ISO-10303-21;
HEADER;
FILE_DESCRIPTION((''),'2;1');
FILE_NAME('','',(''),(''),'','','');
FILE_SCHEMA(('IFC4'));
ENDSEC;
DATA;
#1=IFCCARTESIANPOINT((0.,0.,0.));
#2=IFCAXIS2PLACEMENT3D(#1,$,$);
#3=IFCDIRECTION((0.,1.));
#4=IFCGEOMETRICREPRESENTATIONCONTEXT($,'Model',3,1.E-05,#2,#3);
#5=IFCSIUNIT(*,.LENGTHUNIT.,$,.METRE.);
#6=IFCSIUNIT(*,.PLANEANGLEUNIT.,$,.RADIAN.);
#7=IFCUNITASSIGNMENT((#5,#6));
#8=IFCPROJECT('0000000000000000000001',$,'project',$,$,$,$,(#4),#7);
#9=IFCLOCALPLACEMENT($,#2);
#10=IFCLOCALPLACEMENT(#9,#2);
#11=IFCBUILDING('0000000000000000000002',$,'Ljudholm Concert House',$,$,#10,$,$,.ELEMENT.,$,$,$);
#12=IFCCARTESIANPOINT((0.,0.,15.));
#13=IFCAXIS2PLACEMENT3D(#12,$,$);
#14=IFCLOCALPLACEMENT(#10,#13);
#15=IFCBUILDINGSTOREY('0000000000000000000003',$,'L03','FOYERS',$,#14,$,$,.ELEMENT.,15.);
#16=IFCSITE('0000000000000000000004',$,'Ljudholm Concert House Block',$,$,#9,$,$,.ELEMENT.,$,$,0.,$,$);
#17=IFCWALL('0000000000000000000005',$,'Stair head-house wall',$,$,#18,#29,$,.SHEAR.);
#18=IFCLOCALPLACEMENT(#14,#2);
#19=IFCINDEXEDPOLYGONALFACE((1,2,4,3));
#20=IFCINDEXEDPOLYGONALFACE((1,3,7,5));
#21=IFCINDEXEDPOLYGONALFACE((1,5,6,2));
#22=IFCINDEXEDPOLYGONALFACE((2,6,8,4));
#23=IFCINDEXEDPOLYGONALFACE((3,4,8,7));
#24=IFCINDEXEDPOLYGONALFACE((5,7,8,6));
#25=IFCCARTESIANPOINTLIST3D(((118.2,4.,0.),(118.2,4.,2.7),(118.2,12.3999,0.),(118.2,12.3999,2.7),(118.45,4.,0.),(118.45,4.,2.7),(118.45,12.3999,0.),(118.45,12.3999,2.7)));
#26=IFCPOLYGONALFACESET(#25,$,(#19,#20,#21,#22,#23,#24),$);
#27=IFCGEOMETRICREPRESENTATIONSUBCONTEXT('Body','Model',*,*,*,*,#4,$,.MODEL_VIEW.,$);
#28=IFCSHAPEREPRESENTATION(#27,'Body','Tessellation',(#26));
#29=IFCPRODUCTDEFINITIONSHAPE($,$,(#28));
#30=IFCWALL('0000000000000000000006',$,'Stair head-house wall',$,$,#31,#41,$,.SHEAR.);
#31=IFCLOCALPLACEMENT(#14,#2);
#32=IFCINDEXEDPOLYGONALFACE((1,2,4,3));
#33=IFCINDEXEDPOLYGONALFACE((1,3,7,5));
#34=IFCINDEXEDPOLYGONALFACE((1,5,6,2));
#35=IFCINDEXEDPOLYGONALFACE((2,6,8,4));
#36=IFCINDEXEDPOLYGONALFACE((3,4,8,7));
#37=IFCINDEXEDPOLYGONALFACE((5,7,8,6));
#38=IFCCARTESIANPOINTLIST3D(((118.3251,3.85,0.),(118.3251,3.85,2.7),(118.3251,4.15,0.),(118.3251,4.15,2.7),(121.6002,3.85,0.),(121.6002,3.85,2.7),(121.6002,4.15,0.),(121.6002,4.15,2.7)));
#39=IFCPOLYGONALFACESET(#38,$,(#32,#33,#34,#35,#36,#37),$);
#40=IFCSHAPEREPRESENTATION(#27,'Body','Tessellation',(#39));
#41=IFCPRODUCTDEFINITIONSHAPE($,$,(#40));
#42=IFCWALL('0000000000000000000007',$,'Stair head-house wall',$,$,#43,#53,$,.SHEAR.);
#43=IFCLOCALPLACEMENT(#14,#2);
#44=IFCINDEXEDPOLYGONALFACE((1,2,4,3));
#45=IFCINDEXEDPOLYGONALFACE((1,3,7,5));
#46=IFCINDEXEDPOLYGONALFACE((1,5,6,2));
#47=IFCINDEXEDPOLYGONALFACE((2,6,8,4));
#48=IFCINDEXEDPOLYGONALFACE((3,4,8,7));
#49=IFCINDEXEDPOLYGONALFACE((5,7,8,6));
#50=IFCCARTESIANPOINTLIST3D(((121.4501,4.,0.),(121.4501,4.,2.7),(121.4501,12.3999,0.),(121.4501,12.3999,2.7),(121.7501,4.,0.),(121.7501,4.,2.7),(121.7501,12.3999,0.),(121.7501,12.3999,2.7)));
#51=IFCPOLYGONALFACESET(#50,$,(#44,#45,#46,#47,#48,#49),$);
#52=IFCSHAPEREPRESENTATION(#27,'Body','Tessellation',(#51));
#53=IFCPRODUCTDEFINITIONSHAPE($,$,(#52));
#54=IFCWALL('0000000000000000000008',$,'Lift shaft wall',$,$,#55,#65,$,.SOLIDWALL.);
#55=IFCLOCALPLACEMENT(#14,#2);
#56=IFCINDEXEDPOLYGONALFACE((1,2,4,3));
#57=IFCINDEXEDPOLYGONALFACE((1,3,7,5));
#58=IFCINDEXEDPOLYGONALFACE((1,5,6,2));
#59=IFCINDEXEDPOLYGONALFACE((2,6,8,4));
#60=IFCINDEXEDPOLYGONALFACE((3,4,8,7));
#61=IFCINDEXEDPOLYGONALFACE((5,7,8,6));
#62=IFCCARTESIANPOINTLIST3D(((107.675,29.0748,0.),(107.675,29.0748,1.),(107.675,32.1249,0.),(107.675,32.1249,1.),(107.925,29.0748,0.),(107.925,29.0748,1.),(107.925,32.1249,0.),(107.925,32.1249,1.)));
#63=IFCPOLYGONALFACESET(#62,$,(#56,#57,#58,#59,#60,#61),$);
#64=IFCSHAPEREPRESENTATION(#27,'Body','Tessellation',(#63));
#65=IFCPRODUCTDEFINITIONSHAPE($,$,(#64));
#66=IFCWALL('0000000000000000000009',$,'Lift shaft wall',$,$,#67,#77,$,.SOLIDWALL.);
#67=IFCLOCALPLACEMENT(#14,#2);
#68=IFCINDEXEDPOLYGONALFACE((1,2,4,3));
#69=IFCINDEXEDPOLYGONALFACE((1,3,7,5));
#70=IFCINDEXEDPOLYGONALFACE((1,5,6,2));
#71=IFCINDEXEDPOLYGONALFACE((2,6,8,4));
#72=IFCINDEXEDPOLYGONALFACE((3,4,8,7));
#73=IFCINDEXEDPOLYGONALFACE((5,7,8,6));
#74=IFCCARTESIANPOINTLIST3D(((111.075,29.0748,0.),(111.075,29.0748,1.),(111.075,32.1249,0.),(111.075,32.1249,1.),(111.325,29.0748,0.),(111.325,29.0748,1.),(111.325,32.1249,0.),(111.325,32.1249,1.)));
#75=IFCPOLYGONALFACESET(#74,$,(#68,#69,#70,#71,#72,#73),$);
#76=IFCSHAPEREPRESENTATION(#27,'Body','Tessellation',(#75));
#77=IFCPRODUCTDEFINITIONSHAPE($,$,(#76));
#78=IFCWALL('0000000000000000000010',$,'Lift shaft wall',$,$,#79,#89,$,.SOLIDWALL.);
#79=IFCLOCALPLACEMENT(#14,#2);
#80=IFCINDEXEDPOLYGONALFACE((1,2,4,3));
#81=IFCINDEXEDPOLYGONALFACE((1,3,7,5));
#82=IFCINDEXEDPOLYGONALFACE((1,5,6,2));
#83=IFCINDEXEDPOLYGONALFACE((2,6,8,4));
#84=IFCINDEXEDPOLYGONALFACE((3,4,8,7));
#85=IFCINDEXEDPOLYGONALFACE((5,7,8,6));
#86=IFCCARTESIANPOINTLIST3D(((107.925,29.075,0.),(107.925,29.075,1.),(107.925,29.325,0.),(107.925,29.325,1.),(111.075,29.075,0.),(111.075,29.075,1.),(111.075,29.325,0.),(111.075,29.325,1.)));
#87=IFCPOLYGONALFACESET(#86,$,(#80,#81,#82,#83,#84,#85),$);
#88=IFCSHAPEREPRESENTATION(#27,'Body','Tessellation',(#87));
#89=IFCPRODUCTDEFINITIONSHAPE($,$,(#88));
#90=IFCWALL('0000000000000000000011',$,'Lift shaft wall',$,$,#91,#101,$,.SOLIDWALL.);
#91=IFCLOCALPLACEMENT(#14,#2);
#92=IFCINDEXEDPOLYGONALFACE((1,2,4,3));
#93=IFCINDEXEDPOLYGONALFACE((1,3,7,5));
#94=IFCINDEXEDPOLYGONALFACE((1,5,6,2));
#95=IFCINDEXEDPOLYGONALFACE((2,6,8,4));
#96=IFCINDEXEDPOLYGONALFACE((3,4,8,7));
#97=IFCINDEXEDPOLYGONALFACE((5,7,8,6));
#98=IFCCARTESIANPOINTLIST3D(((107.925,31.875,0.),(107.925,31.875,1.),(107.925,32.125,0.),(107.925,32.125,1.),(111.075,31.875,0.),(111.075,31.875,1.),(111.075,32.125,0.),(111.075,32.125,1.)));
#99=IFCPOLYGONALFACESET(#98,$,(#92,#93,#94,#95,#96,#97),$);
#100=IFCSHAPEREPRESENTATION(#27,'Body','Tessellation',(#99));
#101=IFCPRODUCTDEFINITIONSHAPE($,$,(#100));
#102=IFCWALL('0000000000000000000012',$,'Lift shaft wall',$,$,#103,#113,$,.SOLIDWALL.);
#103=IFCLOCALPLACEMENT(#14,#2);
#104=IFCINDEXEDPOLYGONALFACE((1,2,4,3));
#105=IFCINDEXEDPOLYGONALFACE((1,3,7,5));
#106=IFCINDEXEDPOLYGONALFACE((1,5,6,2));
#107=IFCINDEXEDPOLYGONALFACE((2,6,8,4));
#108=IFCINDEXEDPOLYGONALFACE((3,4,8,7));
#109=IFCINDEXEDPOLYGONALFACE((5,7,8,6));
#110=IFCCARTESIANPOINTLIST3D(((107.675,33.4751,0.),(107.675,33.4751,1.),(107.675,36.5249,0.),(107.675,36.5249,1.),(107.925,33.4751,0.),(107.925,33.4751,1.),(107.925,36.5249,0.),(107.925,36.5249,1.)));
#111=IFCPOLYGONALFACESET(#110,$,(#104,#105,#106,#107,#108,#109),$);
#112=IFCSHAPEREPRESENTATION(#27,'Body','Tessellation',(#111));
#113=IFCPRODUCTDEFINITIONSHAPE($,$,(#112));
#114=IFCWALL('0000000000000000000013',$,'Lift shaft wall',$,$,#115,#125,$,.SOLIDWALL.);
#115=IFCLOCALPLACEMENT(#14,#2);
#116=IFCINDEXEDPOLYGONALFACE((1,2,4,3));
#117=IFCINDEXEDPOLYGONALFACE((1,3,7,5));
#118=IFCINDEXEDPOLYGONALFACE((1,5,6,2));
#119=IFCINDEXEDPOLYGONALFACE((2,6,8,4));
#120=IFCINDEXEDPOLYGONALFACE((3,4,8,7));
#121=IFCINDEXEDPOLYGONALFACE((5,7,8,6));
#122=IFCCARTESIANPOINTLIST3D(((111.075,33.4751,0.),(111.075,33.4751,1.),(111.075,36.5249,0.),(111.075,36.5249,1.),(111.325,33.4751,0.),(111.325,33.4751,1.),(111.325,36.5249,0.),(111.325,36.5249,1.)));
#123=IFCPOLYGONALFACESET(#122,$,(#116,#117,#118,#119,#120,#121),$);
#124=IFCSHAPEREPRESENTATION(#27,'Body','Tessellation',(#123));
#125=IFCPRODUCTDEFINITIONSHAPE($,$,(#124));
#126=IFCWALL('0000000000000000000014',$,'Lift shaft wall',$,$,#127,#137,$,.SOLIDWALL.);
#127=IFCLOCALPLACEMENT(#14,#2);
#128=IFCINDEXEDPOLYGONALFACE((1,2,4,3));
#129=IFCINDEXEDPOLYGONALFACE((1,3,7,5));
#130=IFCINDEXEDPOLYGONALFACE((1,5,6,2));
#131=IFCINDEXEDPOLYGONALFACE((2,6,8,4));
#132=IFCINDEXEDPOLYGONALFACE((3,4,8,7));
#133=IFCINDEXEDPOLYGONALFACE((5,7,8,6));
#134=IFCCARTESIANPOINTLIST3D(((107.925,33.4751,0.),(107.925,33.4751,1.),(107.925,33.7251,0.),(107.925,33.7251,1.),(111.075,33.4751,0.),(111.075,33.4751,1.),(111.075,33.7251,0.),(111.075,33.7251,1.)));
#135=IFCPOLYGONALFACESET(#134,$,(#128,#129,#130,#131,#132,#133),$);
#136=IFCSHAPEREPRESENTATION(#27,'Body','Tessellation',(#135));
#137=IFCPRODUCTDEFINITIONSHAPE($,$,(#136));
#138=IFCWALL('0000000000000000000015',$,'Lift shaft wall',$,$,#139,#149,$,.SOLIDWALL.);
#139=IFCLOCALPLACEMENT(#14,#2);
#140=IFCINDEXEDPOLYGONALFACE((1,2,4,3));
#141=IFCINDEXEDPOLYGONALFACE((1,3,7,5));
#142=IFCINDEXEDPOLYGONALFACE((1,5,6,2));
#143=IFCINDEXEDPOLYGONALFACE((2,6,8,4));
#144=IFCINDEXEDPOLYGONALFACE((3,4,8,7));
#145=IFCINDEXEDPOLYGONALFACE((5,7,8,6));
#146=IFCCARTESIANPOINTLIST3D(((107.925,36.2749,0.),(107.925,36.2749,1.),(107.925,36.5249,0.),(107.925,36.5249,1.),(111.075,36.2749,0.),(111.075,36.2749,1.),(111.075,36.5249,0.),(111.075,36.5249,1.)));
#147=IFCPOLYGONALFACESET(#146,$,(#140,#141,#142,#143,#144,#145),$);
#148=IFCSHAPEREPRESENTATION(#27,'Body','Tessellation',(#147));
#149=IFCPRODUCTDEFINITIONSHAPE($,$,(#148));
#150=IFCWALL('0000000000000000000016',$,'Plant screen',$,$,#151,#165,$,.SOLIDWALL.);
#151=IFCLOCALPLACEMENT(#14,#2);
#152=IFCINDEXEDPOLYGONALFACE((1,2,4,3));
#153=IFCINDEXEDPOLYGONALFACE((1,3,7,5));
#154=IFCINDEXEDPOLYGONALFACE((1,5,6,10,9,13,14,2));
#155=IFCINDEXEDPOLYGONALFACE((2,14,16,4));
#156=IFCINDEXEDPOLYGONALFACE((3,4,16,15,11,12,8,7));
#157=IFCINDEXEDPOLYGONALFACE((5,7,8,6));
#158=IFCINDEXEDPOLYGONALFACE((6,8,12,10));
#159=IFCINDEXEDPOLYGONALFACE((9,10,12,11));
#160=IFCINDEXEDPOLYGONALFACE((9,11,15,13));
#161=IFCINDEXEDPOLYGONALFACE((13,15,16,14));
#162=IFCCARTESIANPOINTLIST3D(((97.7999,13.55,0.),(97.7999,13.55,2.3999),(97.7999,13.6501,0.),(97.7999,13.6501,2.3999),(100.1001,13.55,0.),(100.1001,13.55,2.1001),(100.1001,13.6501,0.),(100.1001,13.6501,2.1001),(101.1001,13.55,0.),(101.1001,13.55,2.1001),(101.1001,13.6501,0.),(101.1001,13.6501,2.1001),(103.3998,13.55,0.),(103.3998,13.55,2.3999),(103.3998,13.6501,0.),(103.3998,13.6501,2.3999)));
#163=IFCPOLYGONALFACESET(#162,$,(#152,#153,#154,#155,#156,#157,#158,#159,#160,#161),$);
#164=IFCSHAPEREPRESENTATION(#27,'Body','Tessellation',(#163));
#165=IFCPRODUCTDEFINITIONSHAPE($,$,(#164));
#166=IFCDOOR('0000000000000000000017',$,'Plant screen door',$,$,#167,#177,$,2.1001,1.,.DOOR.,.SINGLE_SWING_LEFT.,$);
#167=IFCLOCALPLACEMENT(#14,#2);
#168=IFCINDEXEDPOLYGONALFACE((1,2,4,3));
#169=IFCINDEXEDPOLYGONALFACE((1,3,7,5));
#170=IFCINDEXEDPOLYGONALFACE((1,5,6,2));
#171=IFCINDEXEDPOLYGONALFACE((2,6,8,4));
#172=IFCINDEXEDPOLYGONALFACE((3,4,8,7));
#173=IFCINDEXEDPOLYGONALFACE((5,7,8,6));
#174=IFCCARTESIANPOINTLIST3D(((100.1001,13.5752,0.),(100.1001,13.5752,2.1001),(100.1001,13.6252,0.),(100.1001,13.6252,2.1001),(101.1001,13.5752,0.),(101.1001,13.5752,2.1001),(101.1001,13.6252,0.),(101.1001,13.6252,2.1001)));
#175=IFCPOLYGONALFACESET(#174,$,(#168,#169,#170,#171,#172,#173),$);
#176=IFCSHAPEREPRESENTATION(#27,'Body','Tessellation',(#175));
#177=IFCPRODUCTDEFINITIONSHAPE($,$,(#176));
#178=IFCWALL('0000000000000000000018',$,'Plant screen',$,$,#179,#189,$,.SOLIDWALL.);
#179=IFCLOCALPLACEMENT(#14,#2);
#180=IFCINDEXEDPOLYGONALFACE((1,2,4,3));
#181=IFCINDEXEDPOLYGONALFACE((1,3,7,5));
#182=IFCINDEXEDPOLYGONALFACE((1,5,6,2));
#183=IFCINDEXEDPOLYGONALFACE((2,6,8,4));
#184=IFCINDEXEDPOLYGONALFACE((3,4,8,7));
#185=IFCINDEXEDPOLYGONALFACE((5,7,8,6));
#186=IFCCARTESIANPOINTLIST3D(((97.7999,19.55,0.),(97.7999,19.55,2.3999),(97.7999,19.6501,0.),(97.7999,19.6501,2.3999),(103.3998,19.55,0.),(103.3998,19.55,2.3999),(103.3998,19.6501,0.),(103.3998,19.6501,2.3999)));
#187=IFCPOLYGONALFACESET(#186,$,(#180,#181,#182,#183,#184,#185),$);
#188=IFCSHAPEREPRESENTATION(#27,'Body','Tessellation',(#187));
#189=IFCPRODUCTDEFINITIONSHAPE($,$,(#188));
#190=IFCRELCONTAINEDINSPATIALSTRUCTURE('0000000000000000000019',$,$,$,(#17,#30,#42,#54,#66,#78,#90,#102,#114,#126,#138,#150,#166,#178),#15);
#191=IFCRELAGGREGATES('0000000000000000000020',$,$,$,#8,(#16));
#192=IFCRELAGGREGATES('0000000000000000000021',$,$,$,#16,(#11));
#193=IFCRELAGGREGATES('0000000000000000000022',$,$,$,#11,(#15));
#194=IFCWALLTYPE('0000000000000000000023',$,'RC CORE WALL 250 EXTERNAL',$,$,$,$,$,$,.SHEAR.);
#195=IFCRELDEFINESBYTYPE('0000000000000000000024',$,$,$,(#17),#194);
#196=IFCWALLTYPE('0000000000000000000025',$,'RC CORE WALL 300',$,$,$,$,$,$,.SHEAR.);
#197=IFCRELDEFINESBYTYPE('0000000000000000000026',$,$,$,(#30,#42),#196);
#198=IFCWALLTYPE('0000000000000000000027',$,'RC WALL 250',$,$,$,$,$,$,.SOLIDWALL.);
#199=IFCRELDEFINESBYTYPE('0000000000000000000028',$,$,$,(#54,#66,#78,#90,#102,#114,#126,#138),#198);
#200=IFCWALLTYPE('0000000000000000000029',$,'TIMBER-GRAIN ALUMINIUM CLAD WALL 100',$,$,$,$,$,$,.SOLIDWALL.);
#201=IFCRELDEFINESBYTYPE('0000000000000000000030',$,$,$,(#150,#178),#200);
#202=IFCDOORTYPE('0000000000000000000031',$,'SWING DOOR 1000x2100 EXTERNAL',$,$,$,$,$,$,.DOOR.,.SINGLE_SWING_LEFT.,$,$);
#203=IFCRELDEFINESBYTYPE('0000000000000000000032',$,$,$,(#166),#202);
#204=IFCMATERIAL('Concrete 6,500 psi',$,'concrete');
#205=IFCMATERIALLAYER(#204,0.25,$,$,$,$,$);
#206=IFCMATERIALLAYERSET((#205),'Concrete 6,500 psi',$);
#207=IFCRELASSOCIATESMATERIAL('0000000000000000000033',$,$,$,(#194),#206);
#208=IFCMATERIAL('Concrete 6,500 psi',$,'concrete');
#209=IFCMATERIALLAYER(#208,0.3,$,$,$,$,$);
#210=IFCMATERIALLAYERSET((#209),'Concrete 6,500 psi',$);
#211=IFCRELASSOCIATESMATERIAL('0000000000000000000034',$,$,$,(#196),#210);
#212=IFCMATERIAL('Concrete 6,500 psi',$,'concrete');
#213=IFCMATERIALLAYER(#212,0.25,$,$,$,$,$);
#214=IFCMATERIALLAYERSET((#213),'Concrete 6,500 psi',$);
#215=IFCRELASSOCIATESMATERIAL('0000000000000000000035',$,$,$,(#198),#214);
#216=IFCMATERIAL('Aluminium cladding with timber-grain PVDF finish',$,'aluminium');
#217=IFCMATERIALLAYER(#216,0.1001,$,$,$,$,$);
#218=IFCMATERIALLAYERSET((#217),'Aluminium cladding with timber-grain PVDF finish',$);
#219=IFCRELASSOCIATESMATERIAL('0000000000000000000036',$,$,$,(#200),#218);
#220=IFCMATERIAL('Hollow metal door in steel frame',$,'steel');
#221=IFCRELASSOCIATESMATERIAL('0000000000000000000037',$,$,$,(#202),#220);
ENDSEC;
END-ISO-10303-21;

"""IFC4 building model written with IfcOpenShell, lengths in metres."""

from ifc_helpers import new_model, si_unit, direction, frame, frame_2d, origin, place, context, subcontext, project, spatial, rectangle, extrude, material, layer, layer_set, type_object, element, fill, save


model = new_model("IFC4")

# Units and contexts
model_context = context("Model", 3, precision=1e-05, world=origin(), true_north=direction((0.0, 1.0)))
body_context = subcontext(model_context, "Body", "Model", "MODEL_VIEW")
ifc_project = project(units=[si_unit("LENGTHUNIT", "METRE"), si_unit("PLANEANGLEUNIT", "RADIAN")], contexts=[model_context])

# Site, building, storey
site_placement = place(None, origin())
site = spatial("IfcSite", under=ifc_project, at=site_placement, Name="Ljudholm Concert House Block", CompositionType="ELEMENT", RefElevation=0.0)
building_placement = place(site_placement, origin())
building = spatial("IfcBuilding", under=site, at=building_placement, Name="Ljudholm Concert House", CompositionType="ELEMENT")
storey_placement = place(building_placement, frame((0.0, 0.0, 15.0)))
storey = spatial("IfcBuildingStorey", under=building, at=storey_placement, Name="L03", Description="FOYERS", CompositionType="ELEMENT", Elevation=15.0)

# Shared definitions
ifc_material_1 = material(Name="Concrete 6,500 psi", Category="concrete")
ifc_layer_1 = layer(ifc_material_1, 0.25)
ifc_layer_set_1 = layer_set([ifc_layer_1], Name="Concrete 6,500 psi")
wall_type_1 = type_object("IfcWallType", Name="RC CORE WALL 250 EXTERNAL", PredefinedType="SHEAR", material=ifc_layer_set_1)

# Walls
wall_1_placement = place(storey_placement, frame((118.325, 4.0, 0.0), z_axis=(0.0, 0.0, 1.0), x_axis=(0.0, 1.0, 0.0)))
element("IfcWall", 1, at=wall_1_placement, inside=storey, type_object=wall_type_1, Name="Stair head-house wall", PredefinedType="SHEAR", context=body_context, shape_type="SweptSolid", body=[
    extrude(rectangle(XDim=8.3999, YDim=0.25, at=frame_2d((4.2, 0.0))), origin(), (0.0, 0.0, 1.0), 2.7),
])
ifc_material_2 = material(Name="Concrete 6,500 psi", Category="concrete")
ifc_layer_2 = layer(ifc_material_2, 0.3)
ifc_layer_set_2 = layer_set([ifc_layer_2], Name="Concrete 6,500 psi")
wall_type_2 = type_object("IfcWallType", Name="RC CORE WALL 300", PredefinedType="SHEAR", material=ifc_layer_set_2)
wall_2_placement = place(storey_placement, frame((118.325, 4.0, 0.0), z_axis=(0.0, 0.0, 1.0), x_axis=(1.0, 0.0, 0.0)))
element("IfcWall", 2, at=wall_2_placement, inside=storey, type_object=wall_type_2, Name="Stair head-house wall", PredefinedType="SHEAR", context=body_context, shape_type="SweptSolid", body=[
    extrude(rectangle(XDim=3.2751, YDim=0.3, at=frame_2d((1.6377, 0.0))), origin(), (0.0, 0.0, 1.0), 2.7),
])
wall_3_placement = place(storey_placement, frame((121.6001, 4.0, 0.0), z_axis=(0.0, 0.0, 1.0), x_axis=(0.0, 1.0, 0.0)))
element("IfcWall", 3, at=wall_3_placement, inside=storey, type_object=wall_type_2, Name="Stair head-house wall", PredefinedType="SHEAR", context=body_context, shape_type="SweptSolid", body=[
    extrude(rectangle(XDim=8.3999, YDim=0.3, at=frame_2d((4.2, 0.0))), origin(), (0.0, 0.0, 1.0), 2.7),
])
ifc_material_3 = material(Name="Concrete 6,500 psi", Category="concrete")
ifc_layer_3 = layer(ifc_material_3, 0.25)
ifc_layer_set_3 = layer_set([ifc_layer_3], Name="Concrete 6,500 psi")
wall_type_3 = type_object("IfcWallType", Name="RC WALL 250", PredefinedType="SOLIDWALL", material=ifc_layer_set_3)
for number, where, z_axis, x_axis, name in (
    (4, (107.8, 29.075, 0.0), (0.0, 0.0, 1.0), (0.0, 1.0, 0.0), "Lift shaft wall"),
    (5, (111.2, 29.075, 0.0), (0.0, 0.0, 1.0), (0.0, 1.0, 0.0), "Lift shaft wall"),
):
    element("IfcWall", number, at=place(storey_placement, frame(where, z_axis=z_axis, x_axis=x_axis)), inside=storey, type_object=wall_type_3, Name=name, PredefinedType="SOLIDWALL", context=body_context, shape_type="SweptSolid", body=[
        extrude(rectangle(XDim=3.05, YDim=0.25, at=frame_2d((1.5249, 0.0))), origin(), (0.0, 0.0, 1.0), 1.0),
    ])
for number, where, z_axis, x_axis, name in (
    (6, (107.925, 29.2, 0.0), (0.0, 0.0, 1.0), (1.0, 0.0, 0.0), "Lift shaft wall"),
    (7, (107.925, 32.0, 0.0), (0.0, 0.0, 1.0), (1.0, 0.0, 0.0), "Lift shaft wall"),
):
    element("IfcWall", number, at=place(storey_placement, frame(where, z_axis=z_axis, x_axis=x_axis)), inside=storey, type_object=wall_type_3, Name=name, PredefinedType="SOLIDWALL", context=body_context, shape_type="SweptSolid", body=[
        extrude(rectangle(XDim=3.1499, YDim=0.25, at=frame_2d((1.575, 0.0))), origin(), (0.0, 0.0, 1.0), 1.0),
    ])
for number, where, z_axis, x_axis, name in (
    (8, (107.8, 33.4751, 0.0), (0.0, 0.0, 1.0), (0.0, 1.0, 0.0), "Lift shaft wall"),
    (9, (111.2, 33.4751, 0.0), (0.0, 0.0, 1.0), (0.0, 1.0, 0.0), "Lift shaft wall"),
):
    element("IfcWall", number, at=place(storey_placement, frame(where, z_axis=z_axis, x_axis=x_axis)), inside=storey, type_object=wall_type_3, Name=name, PredefinedType="SOLIDWALL", context=body_context, shape_type="SweptSolid", body=[
        extrude(rectangle(XDim=3.0498, YDim=0.25, at=frame_2d((1.5249, 0.0))), origin(), (0.0, 0.0, 1.0), 1.0),
    ])
for number, where, z_axis, x_axis, name in (
    (10, (107.925, 33.6001, 0.0), (0.0, 0.0, 1.0), (1.0, 0.0, 0.0), "Lift shaft wall"),
    (11, (107.925, 36.3999, 0.0), (0.0, 0.0, 1.0), (1.0, 0.0, 0.0), "Lift shaft wall"),
):
    element("IfcWall", number, at=place(storey_placement, frame(where, z_axis=z_axis, x_axis=x_axis)), inside=storey, type_object=wall_type_3, Name=name, PredefinedType="SOLIDWALL", context=body_context, shape_type="SweptSolid", body=[
        extrude(rectangle(XDim=3.1499, YDim=0.25, at=frame_2d((1.575, 0.0))), origin(), (0.0, 0.0, 1.0), 1.0),
    ])

# Wall, opening, door
ifc_material_4 = material(Name="Aluminium cladding with timber-grain PVDF finish", Category="aluminium")
ifc_layer_4 = layer(ifc_material_4, 0.1001)
ifc_layer_set_4 = layer_set([ifc_layer_4], Name="Aluminium cladding with timber-grain PVDF finish")
wall_type_4 = type_object("IfcWallType", Name="TIMBER-GRAIN ALUMINIUM CLAD WALL 100", PredefinedType="SOLIDWALL", material=ifc_layer_set_4)
wall_4_placement = place(storey_placement, frame((97.8, 13.6001, 0.0), z_axis=(0.0, 0.0, 1.0), x_axis=(1.0, 0.0, 0.0)))
wall_4 = element("IfcWall", 12, at=wall_4_placement, inside=storey, type_object=wall_type_4, Name="Plant screen", PredefinedType="SOLIDWALL", context=body_context, shape_type="SweptSolid", body=[
    extrude(rectangle(XDim=5.5999, YDim=0.1001, at=frame_2d((2.7998, 0.0))), origin(), (0.0, 0.0, 1.0), 2.3999),
])
opening_1_placement = place(wall_4_placement, frame((2.3, 0.0, 0.0)))
opening_1 = element("IfcOpeningElement", 13, at=opening_1_placement, cuts=wall_4, PredefinedType="OPENING", context=body_context, shape_type="SweptSolid", body=[
    extrude(rectangle(XDim=1.0, YDim=2.1001, at=frame_2d((0.5, 1.05))), frame((0.0, 0.0601, 0.0), z_axis=(0.0, -1.0, 0.0), x_axis=(1.0, 0.0, 0.0)), (0.0, 0.0, 1.0), 0.1201),
])
ifc_material_5 = material(Name="Hollow metal door in steel frame", Category="steel")
door_type_1 = type_object("IfcDoorType", Name="SWING DOOR 1000x2100 EXTERNAL", OperationType="SINGLE_SWING_LEFT", PredefinedType="DOOR", material=ifc_material_5)
door_1_placement = place(opening_1_placement, frame((1.0, 0.0, 0.0), z_axis=(0.0, 0.0, 1.0), x_axis=(-1.0, 0.0, 0.0)))
door_1 = element("IfcDoor", 14, at=door_1_placement, inside=storey, type_object=door_type_1, Name="Plant screen door", OperationType="SINGLE_SWING_LEFT", OverallHeight=2.1001, OverallWidth=1.0, PredefinedType="DOOR", context=body_context, shape_type="SweptSolid", body=[
    extrude(rectangle(XDim=1.0, YDim=2.1001, at=frame_2d((0.5, 1.05))), frame((0.0, 0.0249, 0.0), z_axis=(0.0, -1.0, 0.0), x_axis=(1.0, 0.0, 0.0)), (0.0, 0.0, 1.0), 0.05),
])
fill(opening_1, door_1)

# Wall
wall_5_placement = place(storey_placement, frame((97.8, 19.6001, 0.0), z_axis=(0.0, 0.0, 1.0), x_axis=(1.0, 0.0, 0.0)))
element("IfcWall", 15, at=wall_5_placement, inside=storey, type_object=wall_type_4, Name="Plant screen", PredefinedType="SOLIDWALL", context=body_context, shape_type="SweptSolid", body=[
    extrude(rectangle(XDim=5.5999, YDim=0.1001, at=frame_2d((2.7998, 0.0))), origin(), (0.0, 0.0, 1.0), 2.3999),
])

save(model, "model.ifc")
